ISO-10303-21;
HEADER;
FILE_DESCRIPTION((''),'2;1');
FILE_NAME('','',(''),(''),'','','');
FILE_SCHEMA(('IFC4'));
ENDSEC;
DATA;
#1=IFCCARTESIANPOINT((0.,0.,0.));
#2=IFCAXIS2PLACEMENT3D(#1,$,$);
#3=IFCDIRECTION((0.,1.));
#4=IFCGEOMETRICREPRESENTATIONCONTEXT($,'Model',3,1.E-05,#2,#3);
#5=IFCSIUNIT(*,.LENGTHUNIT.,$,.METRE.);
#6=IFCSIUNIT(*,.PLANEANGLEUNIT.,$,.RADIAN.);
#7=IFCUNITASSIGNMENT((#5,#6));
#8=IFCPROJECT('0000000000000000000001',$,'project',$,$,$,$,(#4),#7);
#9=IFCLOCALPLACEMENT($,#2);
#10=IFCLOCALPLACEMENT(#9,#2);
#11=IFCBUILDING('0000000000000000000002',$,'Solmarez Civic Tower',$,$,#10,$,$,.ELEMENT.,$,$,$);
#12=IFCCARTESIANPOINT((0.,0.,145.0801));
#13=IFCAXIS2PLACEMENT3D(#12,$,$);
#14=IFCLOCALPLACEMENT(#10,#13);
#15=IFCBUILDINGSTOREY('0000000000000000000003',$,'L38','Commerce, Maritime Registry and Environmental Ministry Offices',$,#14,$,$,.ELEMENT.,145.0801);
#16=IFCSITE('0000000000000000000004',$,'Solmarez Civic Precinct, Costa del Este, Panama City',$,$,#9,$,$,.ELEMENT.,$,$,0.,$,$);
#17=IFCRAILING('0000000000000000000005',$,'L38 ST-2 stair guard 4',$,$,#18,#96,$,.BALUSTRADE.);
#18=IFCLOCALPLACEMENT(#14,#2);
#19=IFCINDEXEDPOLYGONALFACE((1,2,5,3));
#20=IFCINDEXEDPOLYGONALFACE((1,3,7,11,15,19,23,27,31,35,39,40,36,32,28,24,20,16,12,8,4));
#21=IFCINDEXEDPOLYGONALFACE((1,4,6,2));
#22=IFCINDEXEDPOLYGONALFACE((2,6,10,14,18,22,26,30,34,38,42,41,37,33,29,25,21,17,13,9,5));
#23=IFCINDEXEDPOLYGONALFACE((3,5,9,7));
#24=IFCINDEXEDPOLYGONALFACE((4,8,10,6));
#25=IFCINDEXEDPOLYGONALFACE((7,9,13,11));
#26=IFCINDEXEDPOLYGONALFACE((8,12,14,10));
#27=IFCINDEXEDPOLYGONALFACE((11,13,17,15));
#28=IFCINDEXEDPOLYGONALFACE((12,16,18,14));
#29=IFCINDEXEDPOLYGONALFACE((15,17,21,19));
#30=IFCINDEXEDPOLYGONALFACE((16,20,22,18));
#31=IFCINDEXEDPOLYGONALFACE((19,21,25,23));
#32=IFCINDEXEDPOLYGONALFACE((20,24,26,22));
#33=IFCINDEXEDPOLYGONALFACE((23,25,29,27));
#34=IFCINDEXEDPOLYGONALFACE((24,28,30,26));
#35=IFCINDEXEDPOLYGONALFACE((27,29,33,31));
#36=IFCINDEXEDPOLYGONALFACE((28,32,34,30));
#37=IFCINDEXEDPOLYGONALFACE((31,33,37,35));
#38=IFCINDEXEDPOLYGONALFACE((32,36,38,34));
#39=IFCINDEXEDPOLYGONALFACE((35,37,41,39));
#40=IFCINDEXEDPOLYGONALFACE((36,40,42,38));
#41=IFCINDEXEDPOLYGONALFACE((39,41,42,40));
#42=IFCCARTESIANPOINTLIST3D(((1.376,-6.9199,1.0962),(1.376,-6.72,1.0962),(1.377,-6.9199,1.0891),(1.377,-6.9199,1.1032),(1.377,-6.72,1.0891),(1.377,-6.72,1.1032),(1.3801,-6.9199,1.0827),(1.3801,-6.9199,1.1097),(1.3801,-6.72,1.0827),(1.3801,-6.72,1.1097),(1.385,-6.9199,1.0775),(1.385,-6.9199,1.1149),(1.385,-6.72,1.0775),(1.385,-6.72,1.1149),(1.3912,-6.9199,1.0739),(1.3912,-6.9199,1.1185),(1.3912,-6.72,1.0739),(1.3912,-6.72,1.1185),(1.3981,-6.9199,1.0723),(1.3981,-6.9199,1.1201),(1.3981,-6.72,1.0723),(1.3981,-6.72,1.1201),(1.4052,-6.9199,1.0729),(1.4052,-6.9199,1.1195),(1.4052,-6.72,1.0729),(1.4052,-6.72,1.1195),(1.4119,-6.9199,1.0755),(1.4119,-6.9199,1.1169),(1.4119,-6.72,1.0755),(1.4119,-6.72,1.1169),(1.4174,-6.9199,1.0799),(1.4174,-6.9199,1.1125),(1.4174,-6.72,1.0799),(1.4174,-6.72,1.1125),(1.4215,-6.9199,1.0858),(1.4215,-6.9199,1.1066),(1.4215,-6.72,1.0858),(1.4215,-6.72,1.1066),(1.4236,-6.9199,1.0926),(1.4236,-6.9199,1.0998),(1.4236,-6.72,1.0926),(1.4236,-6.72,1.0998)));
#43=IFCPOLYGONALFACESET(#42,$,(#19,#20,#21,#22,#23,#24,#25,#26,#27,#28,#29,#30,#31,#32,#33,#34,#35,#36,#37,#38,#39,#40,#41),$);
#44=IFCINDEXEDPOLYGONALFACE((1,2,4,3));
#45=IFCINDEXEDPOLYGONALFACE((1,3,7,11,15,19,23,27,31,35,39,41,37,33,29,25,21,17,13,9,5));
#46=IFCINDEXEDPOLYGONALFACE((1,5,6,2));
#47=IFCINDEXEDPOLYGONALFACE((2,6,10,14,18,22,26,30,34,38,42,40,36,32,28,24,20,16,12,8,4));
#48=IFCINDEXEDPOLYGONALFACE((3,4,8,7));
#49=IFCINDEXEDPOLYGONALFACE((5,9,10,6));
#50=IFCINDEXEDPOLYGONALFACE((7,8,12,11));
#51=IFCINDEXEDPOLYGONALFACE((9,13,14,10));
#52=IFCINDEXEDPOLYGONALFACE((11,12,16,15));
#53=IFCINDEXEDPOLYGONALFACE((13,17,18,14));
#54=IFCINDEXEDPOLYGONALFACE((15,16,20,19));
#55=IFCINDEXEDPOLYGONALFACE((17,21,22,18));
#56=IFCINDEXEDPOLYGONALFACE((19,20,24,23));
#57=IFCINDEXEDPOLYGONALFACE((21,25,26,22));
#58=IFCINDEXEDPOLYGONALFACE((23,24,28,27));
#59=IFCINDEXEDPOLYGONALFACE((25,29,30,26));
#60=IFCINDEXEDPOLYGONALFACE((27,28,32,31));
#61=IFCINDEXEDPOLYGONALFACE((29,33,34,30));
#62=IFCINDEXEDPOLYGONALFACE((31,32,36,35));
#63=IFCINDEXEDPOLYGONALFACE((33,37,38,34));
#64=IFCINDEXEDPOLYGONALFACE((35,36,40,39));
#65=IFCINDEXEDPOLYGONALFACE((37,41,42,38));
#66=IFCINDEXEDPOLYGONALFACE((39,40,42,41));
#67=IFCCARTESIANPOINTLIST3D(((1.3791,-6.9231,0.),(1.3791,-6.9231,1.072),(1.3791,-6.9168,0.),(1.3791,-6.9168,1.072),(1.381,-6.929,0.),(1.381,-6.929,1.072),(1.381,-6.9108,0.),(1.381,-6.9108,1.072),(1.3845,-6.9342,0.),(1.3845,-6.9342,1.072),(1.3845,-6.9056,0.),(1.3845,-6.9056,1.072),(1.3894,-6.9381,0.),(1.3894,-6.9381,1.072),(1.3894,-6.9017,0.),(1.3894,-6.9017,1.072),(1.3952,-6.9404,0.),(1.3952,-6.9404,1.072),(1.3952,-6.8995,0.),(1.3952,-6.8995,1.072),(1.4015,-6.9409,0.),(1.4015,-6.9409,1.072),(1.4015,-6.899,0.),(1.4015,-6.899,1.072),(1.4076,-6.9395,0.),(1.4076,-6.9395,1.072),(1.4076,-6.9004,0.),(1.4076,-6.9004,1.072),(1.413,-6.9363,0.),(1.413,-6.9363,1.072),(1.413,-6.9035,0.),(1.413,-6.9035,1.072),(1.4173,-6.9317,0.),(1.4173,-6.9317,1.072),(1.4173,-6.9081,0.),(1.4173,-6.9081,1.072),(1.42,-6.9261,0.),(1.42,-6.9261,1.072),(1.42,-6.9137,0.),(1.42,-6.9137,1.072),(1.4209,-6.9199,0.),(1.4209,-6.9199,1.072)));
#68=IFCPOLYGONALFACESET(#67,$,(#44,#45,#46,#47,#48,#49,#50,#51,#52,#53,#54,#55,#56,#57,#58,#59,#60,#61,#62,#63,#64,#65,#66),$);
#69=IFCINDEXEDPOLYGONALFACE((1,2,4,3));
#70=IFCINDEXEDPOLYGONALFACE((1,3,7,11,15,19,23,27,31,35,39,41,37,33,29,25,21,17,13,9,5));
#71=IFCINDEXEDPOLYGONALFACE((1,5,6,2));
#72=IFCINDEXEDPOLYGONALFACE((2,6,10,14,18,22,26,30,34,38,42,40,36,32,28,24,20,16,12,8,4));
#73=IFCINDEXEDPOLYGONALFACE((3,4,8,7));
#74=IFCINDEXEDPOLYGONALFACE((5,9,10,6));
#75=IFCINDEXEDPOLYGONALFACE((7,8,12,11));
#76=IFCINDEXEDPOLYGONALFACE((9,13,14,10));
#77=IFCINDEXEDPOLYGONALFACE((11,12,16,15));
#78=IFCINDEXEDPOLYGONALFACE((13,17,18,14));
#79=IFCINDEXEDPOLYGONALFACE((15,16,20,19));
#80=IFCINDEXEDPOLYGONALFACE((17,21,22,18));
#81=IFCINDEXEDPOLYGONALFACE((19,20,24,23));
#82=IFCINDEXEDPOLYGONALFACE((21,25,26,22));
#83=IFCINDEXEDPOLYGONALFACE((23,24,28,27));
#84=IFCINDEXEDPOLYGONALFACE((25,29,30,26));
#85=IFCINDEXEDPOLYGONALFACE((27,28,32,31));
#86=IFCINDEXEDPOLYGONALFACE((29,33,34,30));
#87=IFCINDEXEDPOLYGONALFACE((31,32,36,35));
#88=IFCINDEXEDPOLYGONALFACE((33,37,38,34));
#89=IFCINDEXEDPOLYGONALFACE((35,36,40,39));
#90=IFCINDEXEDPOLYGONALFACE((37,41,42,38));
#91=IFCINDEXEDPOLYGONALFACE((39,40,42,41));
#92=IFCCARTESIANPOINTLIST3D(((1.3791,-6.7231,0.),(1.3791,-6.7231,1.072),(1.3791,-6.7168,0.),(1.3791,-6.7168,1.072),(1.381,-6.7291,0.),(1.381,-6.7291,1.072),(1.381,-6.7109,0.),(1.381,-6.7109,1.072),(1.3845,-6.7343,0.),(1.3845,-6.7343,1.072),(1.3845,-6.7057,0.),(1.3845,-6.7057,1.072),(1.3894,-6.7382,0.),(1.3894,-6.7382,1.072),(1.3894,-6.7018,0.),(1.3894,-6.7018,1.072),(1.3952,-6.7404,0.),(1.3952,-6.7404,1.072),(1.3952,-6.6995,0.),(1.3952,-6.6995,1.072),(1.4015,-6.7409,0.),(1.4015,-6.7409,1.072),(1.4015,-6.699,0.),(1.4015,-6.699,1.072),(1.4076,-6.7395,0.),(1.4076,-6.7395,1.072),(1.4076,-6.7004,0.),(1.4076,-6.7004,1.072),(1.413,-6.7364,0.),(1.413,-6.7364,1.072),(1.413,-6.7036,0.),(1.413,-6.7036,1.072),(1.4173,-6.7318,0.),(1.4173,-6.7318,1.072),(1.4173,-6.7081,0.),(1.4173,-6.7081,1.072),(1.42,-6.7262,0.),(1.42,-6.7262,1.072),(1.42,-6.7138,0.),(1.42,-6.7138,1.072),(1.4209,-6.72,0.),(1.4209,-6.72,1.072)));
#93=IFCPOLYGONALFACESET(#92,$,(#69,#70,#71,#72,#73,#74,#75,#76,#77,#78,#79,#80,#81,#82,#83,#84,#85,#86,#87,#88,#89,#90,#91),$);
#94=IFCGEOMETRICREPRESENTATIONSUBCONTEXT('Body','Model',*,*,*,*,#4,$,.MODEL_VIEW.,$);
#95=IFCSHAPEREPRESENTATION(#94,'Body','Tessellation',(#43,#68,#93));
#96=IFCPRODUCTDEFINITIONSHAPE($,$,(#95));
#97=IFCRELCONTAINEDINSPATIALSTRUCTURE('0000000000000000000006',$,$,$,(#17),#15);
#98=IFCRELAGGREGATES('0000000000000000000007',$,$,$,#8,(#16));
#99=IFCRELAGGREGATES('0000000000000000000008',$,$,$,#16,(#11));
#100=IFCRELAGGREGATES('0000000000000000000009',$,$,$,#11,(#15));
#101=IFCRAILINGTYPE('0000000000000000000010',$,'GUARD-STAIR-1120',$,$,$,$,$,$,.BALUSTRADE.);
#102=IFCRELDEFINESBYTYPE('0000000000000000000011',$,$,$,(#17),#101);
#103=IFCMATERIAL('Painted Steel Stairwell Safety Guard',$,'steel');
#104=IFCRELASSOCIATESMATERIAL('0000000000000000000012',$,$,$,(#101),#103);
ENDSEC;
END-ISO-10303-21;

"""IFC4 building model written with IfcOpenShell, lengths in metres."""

from ifc_helpers import new_model, si_unit, direction, frame, origin, origin_2d, place, context, subcontext, project, spatial, circle, extrude, material, type_object, element, save


model = new_model("IFC4")

# Units and contexts
model_context = context("Model", 3, precision=1e-05, world=origin(), true_north=direction((0.0, 1.0)))
body_context = subcontext(model_context, "Body", "Model", "MODEL_VIEW")
ifc_project = project(units=[si_unit("LENGTHUNIT", "METRE"), si_unit("PLANEANGLEUNIT", "RADIAN")], contexts=[model_context])

# Site, building, storey
site_placement = place(None, origin())
site = spatial("IfcSite", under=ifc_project, at=site_placement, Name="Solmarez Civic Precinct, Costa del Este, Panama City", CompositionType="ELEMENT", RefElevation=0.0)
building_placement = place(site_placement, origin())
building = spatial("IfcBuilding", under=site, at=building_placement, Name="Solmarez Civic Tower", CompositionType="ELEMENT")
storey_placement = place(building_placement, frame((0.0, 0.0, 145.0801)))
storey = spatial("IfcBuildingStorey", under=building, at=storey_placement, Name="L38", Description="Commerce, Maritime Registry and Environmental Ministry Offices", CompositionType="ELEMENT", Elevation=145.0801)

# Railing
ifc_material_1 = material(Name="Painted Steel Stairwell Safety Guard", Category="steel")
railing_type_1 = type_object("IfcRailingType", Name="GUARD-STAIR-1120", PredefinedType="BALUSTRADE", material=ifc_material_1)
railing_1_placement = place(storey_placement, frame((1.3999, -6.9199, 0.0)))
element("IfcRailing", 1, at=railing_1_placement, inside=storey, type_object=railing_type_1, Name="L38 ST-2 stair guard 4", PredefinedType="BALUSTRADE", context=body_context, shape_type="SweptSolid", body=[
    extrude(circle(Radius=0.0239, at=origin_2d()), frame((0.0, 0.0, 1.0962), z_axis=(0.0, 1.0, 0.0), x_axis=(-1.0, 0.0, 0.0)), (0.0, 0.0, 1.0), 0.2),
    extrude(circle(Radius=0.021, at=origin_2d()), origin(), (0.0, 0.0, 1.0), 1.072),
    extrude(circle(Radius=0.021, at=origin_2d()), frame((0.0, 0.2, 0.0)), (0.0, 0.0, 1.0), 1.072),
])

save(model, "model.ifc")
